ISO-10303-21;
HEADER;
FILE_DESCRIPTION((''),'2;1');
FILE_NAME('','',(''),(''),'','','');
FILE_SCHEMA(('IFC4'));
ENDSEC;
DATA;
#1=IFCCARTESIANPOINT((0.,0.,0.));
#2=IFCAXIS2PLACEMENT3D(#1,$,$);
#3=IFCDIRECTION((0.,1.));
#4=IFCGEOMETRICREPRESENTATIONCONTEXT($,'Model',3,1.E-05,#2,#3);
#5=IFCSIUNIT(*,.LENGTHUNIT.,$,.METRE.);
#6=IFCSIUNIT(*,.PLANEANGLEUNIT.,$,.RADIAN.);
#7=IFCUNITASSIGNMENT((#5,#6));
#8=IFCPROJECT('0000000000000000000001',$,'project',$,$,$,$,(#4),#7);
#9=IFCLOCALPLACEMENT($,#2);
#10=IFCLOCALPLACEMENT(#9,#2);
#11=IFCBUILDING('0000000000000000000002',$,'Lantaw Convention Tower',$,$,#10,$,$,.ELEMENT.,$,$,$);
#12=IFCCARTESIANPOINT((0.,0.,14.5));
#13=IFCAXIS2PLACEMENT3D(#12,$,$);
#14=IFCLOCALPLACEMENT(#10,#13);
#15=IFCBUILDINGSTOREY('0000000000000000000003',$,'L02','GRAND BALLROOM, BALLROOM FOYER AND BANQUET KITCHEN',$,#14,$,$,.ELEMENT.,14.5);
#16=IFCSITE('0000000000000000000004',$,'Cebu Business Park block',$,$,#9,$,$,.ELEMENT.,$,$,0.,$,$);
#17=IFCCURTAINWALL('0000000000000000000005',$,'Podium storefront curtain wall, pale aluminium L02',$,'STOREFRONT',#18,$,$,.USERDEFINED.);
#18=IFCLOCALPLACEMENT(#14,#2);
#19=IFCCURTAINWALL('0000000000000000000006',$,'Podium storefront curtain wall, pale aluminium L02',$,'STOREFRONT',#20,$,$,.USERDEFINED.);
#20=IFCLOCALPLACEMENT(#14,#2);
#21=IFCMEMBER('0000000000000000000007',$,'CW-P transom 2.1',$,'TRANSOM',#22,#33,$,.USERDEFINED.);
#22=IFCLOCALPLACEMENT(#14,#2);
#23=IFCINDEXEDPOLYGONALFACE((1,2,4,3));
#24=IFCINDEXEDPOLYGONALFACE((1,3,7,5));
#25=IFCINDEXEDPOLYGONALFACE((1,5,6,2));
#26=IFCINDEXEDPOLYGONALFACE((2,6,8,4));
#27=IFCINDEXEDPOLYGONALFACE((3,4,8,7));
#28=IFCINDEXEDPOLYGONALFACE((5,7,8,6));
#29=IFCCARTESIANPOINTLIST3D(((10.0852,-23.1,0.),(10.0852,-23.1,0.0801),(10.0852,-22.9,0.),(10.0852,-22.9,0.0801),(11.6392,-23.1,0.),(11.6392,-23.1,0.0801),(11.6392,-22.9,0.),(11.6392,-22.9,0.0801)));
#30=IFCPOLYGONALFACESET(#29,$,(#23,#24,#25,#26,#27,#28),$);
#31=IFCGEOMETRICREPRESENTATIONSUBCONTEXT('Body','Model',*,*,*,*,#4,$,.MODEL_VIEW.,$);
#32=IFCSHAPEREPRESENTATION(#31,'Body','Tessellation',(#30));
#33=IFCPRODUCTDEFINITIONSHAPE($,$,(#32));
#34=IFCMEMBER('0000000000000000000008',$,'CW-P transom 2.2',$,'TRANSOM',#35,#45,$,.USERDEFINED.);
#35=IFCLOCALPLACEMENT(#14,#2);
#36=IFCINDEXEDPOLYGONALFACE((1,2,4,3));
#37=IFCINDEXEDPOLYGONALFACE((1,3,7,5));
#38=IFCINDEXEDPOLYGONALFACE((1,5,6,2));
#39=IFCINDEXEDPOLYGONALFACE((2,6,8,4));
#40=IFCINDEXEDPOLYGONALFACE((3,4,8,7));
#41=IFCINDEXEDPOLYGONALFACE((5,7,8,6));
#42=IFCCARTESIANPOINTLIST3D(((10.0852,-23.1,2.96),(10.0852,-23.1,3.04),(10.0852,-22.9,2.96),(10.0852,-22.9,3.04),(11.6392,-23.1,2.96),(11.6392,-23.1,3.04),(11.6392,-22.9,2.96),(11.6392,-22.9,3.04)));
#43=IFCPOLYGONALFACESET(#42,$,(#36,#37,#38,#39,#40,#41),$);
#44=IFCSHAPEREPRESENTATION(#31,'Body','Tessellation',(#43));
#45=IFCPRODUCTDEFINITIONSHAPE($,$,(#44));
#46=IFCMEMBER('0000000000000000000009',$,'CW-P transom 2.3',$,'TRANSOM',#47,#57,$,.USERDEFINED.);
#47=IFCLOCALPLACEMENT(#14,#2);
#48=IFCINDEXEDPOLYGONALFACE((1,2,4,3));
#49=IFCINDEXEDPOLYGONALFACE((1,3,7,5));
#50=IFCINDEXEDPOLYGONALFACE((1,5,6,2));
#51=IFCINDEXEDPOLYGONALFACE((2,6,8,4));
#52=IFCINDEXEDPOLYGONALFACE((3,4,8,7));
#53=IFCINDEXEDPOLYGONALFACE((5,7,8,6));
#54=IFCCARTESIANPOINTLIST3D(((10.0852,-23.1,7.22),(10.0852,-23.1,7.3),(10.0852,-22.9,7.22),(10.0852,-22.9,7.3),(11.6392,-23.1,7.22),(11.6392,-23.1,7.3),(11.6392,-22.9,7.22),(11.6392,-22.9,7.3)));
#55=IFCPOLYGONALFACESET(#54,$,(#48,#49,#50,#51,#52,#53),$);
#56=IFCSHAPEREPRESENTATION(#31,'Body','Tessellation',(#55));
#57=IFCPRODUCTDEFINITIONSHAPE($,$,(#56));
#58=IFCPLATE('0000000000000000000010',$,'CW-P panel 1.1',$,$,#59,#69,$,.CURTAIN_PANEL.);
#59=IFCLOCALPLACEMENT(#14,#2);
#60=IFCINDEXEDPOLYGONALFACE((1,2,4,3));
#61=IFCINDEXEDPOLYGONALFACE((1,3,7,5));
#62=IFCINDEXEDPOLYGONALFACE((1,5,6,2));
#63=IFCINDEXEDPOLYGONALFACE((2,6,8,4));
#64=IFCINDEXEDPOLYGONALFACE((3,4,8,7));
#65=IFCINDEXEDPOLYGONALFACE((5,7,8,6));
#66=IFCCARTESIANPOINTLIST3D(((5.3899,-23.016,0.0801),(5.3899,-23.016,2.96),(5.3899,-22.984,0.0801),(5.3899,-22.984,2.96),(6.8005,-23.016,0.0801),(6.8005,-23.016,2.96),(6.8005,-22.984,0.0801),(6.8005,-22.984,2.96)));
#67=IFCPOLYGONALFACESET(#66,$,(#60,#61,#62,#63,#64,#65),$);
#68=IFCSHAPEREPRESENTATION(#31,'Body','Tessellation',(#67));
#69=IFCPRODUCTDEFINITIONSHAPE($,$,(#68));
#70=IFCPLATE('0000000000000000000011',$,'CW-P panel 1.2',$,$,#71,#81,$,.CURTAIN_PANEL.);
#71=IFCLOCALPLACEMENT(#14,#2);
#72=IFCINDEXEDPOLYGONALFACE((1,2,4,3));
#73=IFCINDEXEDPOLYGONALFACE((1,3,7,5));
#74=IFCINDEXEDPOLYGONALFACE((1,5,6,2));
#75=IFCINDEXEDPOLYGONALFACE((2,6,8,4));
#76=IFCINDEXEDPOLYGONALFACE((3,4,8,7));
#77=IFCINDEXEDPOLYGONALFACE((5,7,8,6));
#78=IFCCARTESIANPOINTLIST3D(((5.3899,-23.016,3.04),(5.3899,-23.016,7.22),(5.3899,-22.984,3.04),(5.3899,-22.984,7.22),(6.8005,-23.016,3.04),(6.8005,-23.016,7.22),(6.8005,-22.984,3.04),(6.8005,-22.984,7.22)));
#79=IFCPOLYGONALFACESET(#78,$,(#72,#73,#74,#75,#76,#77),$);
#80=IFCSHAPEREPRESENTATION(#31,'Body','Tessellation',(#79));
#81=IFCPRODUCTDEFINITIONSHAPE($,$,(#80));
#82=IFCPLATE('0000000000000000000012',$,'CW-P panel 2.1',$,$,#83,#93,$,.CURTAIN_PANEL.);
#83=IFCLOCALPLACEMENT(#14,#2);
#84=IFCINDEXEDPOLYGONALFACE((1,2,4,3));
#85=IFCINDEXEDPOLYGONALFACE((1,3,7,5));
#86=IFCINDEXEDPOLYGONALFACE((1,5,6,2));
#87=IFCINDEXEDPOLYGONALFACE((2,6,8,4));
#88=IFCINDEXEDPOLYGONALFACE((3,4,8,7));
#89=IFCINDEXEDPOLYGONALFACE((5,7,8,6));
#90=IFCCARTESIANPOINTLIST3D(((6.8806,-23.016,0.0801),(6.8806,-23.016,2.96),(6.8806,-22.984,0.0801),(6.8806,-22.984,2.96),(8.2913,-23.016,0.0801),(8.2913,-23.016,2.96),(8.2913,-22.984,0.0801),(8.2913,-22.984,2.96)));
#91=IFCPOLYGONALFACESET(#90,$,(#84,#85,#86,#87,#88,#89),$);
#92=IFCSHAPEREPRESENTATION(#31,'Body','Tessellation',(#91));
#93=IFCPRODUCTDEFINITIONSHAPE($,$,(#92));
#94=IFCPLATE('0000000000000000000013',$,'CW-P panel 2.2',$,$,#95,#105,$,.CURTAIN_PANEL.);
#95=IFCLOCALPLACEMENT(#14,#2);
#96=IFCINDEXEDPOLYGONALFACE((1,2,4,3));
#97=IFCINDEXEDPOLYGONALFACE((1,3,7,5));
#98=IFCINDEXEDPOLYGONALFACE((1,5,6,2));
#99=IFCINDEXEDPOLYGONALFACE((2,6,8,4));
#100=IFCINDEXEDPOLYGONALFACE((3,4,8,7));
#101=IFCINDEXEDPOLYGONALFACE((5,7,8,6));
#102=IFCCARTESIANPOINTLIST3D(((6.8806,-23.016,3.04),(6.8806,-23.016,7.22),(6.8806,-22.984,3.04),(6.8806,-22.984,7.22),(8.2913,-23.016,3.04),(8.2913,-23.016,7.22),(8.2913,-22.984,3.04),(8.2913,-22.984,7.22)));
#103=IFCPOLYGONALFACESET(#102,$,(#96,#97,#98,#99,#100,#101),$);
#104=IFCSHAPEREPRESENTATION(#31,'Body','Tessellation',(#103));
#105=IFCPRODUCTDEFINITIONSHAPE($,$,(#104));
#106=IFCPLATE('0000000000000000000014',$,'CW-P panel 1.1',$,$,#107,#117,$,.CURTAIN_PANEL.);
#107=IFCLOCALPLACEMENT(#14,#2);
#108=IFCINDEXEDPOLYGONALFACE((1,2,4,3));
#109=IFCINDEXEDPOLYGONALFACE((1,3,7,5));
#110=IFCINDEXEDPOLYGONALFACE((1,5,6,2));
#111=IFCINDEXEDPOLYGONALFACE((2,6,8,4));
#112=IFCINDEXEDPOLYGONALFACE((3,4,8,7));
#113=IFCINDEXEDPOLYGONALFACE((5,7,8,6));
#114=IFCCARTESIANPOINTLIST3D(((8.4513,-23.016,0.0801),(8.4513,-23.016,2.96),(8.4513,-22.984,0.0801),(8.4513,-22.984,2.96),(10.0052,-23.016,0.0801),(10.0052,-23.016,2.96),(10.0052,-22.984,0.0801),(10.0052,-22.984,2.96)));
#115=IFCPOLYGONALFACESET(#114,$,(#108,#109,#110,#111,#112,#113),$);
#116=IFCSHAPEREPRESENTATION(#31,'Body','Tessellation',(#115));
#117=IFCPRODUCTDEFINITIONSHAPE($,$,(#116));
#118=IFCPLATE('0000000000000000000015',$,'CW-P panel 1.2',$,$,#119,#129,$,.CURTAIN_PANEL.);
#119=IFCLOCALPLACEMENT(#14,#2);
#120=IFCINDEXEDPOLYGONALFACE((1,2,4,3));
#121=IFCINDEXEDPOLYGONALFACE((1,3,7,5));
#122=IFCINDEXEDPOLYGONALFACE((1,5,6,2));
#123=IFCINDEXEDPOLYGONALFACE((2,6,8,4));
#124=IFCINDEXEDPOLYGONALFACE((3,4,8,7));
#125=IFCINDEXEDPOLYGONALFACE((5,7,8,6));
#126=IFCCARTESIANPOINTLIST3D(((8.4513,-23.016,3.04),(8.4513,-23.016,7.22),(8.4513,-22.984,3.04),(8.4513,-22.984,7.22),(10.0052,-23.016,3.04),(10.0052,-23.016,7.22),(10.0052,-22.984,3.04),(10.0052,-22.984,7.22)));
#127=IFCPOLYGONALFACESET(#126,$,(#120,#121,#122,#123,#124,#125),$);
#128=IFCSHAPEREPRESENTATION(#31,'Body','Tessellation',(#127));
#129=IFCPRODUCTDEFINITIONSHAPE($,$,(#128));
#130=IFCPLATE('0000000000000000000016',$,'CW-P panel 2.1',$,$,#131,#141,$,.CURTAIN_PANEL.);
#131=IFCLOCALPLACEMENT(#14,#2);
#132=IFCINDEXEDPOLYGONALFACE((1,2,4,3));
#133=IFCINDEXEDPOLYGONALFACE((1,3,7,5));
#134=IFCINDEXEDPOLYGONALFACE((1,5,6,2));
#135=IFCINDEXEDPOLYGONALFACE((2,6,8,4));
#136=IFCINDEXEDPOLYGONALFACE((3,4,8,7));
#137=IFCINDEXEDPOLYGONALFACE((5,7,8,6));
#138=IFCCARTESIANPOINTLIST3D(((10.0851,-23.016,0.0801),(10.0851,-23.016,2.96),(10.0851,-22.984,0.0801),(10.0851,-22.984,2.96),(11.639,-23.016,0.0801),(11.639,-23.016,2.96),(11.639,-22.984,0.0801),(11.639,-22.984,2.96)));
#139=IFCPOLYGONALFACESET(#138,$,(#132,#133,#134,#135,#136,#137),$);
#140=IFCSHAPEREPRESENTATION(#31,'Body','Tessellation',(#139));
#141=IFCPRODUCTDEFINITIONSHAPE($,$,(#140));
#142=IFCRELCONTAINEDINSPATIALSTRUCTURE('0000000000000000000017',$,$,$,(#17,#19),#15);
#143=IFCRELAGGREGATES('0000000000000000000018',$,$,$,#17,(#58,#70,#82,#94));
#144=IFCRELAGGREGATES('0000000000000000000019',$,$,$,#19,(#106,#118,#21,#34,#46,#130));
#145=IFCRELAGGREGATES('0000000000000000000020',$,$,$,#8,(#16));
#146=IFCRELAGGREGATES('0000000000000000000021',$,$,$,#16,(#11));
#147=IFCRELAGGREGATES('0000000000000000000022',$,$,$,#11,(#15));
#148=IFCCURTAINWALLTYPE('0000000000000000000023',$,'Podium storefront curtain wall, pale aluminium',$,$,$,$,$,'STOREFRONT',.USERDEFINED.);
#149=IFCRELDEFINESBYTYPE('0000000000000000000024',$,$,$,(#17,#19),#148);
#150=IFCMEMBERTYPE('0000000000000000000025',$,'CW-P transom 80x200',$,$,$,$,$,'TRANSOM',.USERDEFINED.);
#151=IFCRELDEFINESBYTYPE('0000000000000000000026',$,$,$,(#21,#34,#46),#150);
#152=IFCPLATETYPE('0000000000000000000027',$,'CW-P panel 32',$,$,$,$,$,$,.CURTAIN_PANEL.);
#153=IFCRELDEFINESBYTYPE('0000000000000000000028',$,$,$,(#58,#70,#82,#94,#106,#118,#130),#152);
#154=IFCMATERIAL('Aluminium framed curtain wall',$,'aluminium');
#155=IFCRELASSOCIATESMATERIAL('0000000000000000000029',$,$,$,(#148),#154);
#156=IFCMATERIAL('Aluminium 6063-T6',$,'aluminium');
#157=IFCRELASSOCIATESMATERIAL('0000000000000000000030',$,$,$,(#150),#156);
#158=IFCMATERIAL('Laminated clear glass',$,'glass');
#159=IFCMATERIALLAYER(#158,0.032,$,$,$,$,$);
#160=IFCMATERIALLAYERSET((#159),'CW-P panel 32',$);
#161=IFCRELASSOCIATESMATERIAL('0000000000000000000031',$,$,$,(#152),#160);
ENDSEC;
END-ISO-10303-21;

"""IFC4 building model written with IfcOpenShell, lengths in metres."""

from ifc_helpers import new_model, si_unit, direction, frame, origin, origin_2d, place, context, subcontext, project, spatial, rectangle, extrude, material, layer, layer_set, material_profile, profile_set, type_object, element, aggregate, save


model = new_model("IFC4")

# Units and contexts
model_context = context("Model", 3, precision=1e-05, world=origin(), true_north=direction((0.0, 1.0)))
body_context = subcontext(model_context, "Body", "Model", "MODEL_VIEW")
ifc_project = project(units=[si_unit("LENGTHUNIT", "METRE"), si_unit("PLANEANGLEUNIT", "RADIAN")], contexts=[model_context])

# Site, building, storey
site_placement = place(None, origin())
site = spatial("IfcSite", under=ifc_project, at=site_placement, Name="Cebu Business Park block", CompositionType="ELEMENT", RefElevation=0.0)
building_placement = place(site_placement, origin())
building = spatial("IfcBuilding", under=site, at=building_placement, Name="Lantaw Convention Tower", CompositionType="ELEMENT")
storey_placement = place(building_placement, frame((0.0, 0.0, 14.5)))
storey = spatial("IfcBuildingStorey", under=building, at=storey_placement, Name="L02", Description="GRAND BALLROOM, BALLROOM FOYER AND BANQUET KITCHEN", CompositionType="ELEMENT", Elevation=14.5)

# Shared definitions
ifc_material_1 = material(Name="Aluminium framed curtain wall", Category="aluminium")
curtain_wall_type = type_object("IfcCurtainWallType", Name="Podium storefront curtain wall, pale aluminium", ElementType="STOREFRONT", PredefinedType="USERDEFINED", material=ifc_material_1)
ifc_material_2 = material(Name="Aluminium 6063-T6", Category="aluminium")

# Curtain walls
curtain_wall_1_placement = place(storey_placement, origin())
curtain_wall_1 = element("IfcCurtainWall", 1, at=curtain_wall_1_placement, inside=storey, type_object=curtain_wall_type, Name="Podium storefront curtain wall, pale aluminium L02", ObjectType="STOREFRONT", PredefinedType="USERDEFINED")
curtain_wall_2_placement = place(storey_placement, origin())
curtain_wall_2 = element("IfcCurtainWall", 2, at=curtain_wall_2_placement, inside=storey, type_object=curtain_wall_type, Name="Podium storefront curtain wall, pale aluminium L02", ObjectType="STOREFRONT", PredefinedType="USERDEFINED")

# Members
ifc_material_profile_1 = material_profile(ifc_material_2, rectangle(XDim=0.2, YDim=0.0801, at=origin_2d()), Name="CW-P transom 80x200")
ifc_profile_set_1 = profile_set([ifc_material_profile_1], Name="Aluminium 6063-T6")
member_type_1 = type_object("IfcMemberType", Name="CW-P transom 80x200", ElementType="TRANSOM", PredefinedType="USERDEFINED", material=ifc_profile_set_1)
member_1_placement = place(storey_placement, frame((10.0852, -23.0, 0.04), z_axis=(1.0, 0.0, 0.0), x_axis=(0.0, 1.0, 0.0)))
member_1 = element("IfcMember", 3, at=member_1_placement, type_object=member_type_1, Name="CW-P transom 2.1", ObjectType="TRANSOM", PredefinedType="USERDEFINED", context=body_context, shape_type="SweptSolid", body=[
    extrude(rectangle(XDim=0.2, YDim=0.0801, at=origin_2d()), origin(), (0.0, 0.0, 1.0), 1.554),
])
member_2_placement = place(storey_placement, frame((10.0852, -23.0, 3.0), z_axis=(1.0, 0.0, 0.0), x_axis=(0.0, 1.0, 0.0)))
member_2 = element("IfcMember", 4, at=member_2_placement, type_object=member_type_1, Name="CW-P transom 2.2", ObjectType="TRANSOM", PredefinedType="USERDEFINED", context=body_context, shape_type="SweptSolid", body=[
    extrude(rectangle(XDim=0.2, YDim=0.0801, at=origin_2d()), origin(), (0.0, 0.0, 1.0), 1.554),
])
member_3_placement = place(storey_placement, frame((10.0852, -23.0, 7.26), z_axis=(1.0, 0.0, 0.0), x_axis=(0.0, 1.0, 0.0)))
member_3 = element("IfcMember", 5, at=member_3_placement, type_object=member_type_1, Name="CW-P transom 2.3", ObjectType="TRANSOM", PredefinedType="USERDEFINED", context=body_context, shape_type="SweptSolid", body=[
    extrude(rectangle(XDim=0.2, YDim=0.0801, at=origin_2d()), origin(), (0.0, 0.0, 1.0), 1.554),
])

# Plates
ifc_material_3 = material(Name="Laminated clear glass", Category="glass")
ifc_layer = layer(ifc_material_3, 0.032)
ifc_layer_set = layer_set([ifc_layer], Name="CW-P panel 32")
plate_type = type_object("IfcPlateType", Name="CW-P panel 32", PredefinedType="CURTAIN_PANEL", material=ifc_layer_set)
plate_1_placement = place(storey_placement, frame((6.0952, -23.0, 0.0801), z_axis=(0.0, 0.0, 1.0), x_axis=(1.0, 0.0, 0.0)))
plate_1 = element("IfcPlate", 6, at=plate_1_placement, type_object=plate_type, Name="CW-P panel 1.1", PredefinedType="CURTAIN_PANEL", context=body_context, shape_type="SweptSolid", body=[
    extrude(rectangle(XDim=1.4106, YDim=0.032, at=origin_2d()), origin(), (0.0, 0.0, 1.0), 2.8799),
])
plate_2_placement = place(storey_placement, frame((6.0952, -23.0, 3.04), z_axis=(0.0, 0.0, 1.0), x_axis=(1.0, 0.0, 0.0)))
plate_2 = element("IfcPlate", 7, at=plate_2_placement, type_object=plate_type, Name="CW-P panel 1.2", PredefinedType="CURTAIN_PANEL", context=body_context, shape_type="SweptSolid", body=[
    extrude(rectangle(XDim=1.4106, YDim=0.032, at=origin_2d()), origin(), (0.0, 0.0, 1.0), 4.1799),
])
plate_3_placement = place(storey_placement, frame((7.5859, -23.0, 0.0801), z_axis=(0.0, 0.0, 1.0), x_axis=(1.0, 0.0, 0.0)))
plate_3 = element("IfcPlate", 8, at=plate_3_placement, type_object=plate_type, Name="CW-P panel 2.1", PredefinedType="CURTAIN_PANEL", context=body_context, shape_type="SweptSolid", body=[
    extrude(rectangle(XDim=1.4106, YDim=0.032, at=origin_2d()), origin(), (0.0, 0.0, 1.0), 2.8799),
])
plate_4_placement = place(storey_placement, frame((7.5859, -23.0, 3.04), z_axis=(0.0, 0.0, 1.0), x_axis=(1.0, 0.0, 0.0)))
plate_4 = element("IfcPlate", 9, at=plate_4_placement, type_object=plate_type, Name="CW-P panel 2.2", PredefinedType="CURTAIN_PANEL", context=body_context, shape_type="SweptSolid", body=[
    extrude(rectangle(XDim=1.4106, YDim=0.032, at=origin_2d()), origin(), (0.0, 0.0, 1.0), 4.1799),
])
aggregate(curtain_wall_1, [plate_1, plate_2, plate_3, plate_4])
plate_5_placement = place(storey_placement, frame((9.2283, -23.0, 0.0801), z_axis=(0.0, 0.0, 1.0), x_axis=(1.0, 0.0, 0.0)))
plate_5 = element("IfcPlate", 10, at=plate_5_placement, type_object=plate_type, Name="CW-P panel 1.1", PredefinedType="CURTAIN_PANEL", context=body_context, shape_type="SweptSolid", body=[
    extrude(rectangle(XDim=1.554, YDim=0.032, at=origin_2d()), origin(), (0.0, 0.0, 1.0), 2.8799),
])
plate_6_placement = place(storey_placement, frame((9.2283, -23.0, 3.04), z_axis=(0.0, 0.0, 1.0), x_axis=(1.0, 0.0, 0.0)))
plate_6 = element("IfcPlate", 11, at=plate_6_placement, type_object=plate_type, Name="CW-P panel 1.2", PredefinedType="CURTAIN_PANEL", context=body_context, shape_type="SweptSolid", body=[
    extrude(rectangle(XDim=1.554, YDim=0.032, at=origin_2d()), origin(), (0.0, 0.0, 1.0), 4.1799),
])
plate_7_placement = place(storey_placement, frame((10.8621, -23.0, 0.0801), z_axis=(0.0, 0.0, 1.0), x_axis=(1.0, 0.0, 0.0)))
plate_7 = element("IfcPlate", 12, at=plate_7_placement, type_object=plate_type, Name="CW-P panel 2.1", PredefinedType="CURTAIN_PANEL", context=body_context, shape_type="SweptSolid", body=[
    extrude(rectangle(XDim=1.554, YDim=0.032, at=origin_2d()), origin(), (0.0, 0.0, 1.0), 2.8799),
])
aggregate(curtain_wall_2, [plate_5, plate_6, member_1, member_2, member_3, plate_7])

save(model, "model.ifc")
